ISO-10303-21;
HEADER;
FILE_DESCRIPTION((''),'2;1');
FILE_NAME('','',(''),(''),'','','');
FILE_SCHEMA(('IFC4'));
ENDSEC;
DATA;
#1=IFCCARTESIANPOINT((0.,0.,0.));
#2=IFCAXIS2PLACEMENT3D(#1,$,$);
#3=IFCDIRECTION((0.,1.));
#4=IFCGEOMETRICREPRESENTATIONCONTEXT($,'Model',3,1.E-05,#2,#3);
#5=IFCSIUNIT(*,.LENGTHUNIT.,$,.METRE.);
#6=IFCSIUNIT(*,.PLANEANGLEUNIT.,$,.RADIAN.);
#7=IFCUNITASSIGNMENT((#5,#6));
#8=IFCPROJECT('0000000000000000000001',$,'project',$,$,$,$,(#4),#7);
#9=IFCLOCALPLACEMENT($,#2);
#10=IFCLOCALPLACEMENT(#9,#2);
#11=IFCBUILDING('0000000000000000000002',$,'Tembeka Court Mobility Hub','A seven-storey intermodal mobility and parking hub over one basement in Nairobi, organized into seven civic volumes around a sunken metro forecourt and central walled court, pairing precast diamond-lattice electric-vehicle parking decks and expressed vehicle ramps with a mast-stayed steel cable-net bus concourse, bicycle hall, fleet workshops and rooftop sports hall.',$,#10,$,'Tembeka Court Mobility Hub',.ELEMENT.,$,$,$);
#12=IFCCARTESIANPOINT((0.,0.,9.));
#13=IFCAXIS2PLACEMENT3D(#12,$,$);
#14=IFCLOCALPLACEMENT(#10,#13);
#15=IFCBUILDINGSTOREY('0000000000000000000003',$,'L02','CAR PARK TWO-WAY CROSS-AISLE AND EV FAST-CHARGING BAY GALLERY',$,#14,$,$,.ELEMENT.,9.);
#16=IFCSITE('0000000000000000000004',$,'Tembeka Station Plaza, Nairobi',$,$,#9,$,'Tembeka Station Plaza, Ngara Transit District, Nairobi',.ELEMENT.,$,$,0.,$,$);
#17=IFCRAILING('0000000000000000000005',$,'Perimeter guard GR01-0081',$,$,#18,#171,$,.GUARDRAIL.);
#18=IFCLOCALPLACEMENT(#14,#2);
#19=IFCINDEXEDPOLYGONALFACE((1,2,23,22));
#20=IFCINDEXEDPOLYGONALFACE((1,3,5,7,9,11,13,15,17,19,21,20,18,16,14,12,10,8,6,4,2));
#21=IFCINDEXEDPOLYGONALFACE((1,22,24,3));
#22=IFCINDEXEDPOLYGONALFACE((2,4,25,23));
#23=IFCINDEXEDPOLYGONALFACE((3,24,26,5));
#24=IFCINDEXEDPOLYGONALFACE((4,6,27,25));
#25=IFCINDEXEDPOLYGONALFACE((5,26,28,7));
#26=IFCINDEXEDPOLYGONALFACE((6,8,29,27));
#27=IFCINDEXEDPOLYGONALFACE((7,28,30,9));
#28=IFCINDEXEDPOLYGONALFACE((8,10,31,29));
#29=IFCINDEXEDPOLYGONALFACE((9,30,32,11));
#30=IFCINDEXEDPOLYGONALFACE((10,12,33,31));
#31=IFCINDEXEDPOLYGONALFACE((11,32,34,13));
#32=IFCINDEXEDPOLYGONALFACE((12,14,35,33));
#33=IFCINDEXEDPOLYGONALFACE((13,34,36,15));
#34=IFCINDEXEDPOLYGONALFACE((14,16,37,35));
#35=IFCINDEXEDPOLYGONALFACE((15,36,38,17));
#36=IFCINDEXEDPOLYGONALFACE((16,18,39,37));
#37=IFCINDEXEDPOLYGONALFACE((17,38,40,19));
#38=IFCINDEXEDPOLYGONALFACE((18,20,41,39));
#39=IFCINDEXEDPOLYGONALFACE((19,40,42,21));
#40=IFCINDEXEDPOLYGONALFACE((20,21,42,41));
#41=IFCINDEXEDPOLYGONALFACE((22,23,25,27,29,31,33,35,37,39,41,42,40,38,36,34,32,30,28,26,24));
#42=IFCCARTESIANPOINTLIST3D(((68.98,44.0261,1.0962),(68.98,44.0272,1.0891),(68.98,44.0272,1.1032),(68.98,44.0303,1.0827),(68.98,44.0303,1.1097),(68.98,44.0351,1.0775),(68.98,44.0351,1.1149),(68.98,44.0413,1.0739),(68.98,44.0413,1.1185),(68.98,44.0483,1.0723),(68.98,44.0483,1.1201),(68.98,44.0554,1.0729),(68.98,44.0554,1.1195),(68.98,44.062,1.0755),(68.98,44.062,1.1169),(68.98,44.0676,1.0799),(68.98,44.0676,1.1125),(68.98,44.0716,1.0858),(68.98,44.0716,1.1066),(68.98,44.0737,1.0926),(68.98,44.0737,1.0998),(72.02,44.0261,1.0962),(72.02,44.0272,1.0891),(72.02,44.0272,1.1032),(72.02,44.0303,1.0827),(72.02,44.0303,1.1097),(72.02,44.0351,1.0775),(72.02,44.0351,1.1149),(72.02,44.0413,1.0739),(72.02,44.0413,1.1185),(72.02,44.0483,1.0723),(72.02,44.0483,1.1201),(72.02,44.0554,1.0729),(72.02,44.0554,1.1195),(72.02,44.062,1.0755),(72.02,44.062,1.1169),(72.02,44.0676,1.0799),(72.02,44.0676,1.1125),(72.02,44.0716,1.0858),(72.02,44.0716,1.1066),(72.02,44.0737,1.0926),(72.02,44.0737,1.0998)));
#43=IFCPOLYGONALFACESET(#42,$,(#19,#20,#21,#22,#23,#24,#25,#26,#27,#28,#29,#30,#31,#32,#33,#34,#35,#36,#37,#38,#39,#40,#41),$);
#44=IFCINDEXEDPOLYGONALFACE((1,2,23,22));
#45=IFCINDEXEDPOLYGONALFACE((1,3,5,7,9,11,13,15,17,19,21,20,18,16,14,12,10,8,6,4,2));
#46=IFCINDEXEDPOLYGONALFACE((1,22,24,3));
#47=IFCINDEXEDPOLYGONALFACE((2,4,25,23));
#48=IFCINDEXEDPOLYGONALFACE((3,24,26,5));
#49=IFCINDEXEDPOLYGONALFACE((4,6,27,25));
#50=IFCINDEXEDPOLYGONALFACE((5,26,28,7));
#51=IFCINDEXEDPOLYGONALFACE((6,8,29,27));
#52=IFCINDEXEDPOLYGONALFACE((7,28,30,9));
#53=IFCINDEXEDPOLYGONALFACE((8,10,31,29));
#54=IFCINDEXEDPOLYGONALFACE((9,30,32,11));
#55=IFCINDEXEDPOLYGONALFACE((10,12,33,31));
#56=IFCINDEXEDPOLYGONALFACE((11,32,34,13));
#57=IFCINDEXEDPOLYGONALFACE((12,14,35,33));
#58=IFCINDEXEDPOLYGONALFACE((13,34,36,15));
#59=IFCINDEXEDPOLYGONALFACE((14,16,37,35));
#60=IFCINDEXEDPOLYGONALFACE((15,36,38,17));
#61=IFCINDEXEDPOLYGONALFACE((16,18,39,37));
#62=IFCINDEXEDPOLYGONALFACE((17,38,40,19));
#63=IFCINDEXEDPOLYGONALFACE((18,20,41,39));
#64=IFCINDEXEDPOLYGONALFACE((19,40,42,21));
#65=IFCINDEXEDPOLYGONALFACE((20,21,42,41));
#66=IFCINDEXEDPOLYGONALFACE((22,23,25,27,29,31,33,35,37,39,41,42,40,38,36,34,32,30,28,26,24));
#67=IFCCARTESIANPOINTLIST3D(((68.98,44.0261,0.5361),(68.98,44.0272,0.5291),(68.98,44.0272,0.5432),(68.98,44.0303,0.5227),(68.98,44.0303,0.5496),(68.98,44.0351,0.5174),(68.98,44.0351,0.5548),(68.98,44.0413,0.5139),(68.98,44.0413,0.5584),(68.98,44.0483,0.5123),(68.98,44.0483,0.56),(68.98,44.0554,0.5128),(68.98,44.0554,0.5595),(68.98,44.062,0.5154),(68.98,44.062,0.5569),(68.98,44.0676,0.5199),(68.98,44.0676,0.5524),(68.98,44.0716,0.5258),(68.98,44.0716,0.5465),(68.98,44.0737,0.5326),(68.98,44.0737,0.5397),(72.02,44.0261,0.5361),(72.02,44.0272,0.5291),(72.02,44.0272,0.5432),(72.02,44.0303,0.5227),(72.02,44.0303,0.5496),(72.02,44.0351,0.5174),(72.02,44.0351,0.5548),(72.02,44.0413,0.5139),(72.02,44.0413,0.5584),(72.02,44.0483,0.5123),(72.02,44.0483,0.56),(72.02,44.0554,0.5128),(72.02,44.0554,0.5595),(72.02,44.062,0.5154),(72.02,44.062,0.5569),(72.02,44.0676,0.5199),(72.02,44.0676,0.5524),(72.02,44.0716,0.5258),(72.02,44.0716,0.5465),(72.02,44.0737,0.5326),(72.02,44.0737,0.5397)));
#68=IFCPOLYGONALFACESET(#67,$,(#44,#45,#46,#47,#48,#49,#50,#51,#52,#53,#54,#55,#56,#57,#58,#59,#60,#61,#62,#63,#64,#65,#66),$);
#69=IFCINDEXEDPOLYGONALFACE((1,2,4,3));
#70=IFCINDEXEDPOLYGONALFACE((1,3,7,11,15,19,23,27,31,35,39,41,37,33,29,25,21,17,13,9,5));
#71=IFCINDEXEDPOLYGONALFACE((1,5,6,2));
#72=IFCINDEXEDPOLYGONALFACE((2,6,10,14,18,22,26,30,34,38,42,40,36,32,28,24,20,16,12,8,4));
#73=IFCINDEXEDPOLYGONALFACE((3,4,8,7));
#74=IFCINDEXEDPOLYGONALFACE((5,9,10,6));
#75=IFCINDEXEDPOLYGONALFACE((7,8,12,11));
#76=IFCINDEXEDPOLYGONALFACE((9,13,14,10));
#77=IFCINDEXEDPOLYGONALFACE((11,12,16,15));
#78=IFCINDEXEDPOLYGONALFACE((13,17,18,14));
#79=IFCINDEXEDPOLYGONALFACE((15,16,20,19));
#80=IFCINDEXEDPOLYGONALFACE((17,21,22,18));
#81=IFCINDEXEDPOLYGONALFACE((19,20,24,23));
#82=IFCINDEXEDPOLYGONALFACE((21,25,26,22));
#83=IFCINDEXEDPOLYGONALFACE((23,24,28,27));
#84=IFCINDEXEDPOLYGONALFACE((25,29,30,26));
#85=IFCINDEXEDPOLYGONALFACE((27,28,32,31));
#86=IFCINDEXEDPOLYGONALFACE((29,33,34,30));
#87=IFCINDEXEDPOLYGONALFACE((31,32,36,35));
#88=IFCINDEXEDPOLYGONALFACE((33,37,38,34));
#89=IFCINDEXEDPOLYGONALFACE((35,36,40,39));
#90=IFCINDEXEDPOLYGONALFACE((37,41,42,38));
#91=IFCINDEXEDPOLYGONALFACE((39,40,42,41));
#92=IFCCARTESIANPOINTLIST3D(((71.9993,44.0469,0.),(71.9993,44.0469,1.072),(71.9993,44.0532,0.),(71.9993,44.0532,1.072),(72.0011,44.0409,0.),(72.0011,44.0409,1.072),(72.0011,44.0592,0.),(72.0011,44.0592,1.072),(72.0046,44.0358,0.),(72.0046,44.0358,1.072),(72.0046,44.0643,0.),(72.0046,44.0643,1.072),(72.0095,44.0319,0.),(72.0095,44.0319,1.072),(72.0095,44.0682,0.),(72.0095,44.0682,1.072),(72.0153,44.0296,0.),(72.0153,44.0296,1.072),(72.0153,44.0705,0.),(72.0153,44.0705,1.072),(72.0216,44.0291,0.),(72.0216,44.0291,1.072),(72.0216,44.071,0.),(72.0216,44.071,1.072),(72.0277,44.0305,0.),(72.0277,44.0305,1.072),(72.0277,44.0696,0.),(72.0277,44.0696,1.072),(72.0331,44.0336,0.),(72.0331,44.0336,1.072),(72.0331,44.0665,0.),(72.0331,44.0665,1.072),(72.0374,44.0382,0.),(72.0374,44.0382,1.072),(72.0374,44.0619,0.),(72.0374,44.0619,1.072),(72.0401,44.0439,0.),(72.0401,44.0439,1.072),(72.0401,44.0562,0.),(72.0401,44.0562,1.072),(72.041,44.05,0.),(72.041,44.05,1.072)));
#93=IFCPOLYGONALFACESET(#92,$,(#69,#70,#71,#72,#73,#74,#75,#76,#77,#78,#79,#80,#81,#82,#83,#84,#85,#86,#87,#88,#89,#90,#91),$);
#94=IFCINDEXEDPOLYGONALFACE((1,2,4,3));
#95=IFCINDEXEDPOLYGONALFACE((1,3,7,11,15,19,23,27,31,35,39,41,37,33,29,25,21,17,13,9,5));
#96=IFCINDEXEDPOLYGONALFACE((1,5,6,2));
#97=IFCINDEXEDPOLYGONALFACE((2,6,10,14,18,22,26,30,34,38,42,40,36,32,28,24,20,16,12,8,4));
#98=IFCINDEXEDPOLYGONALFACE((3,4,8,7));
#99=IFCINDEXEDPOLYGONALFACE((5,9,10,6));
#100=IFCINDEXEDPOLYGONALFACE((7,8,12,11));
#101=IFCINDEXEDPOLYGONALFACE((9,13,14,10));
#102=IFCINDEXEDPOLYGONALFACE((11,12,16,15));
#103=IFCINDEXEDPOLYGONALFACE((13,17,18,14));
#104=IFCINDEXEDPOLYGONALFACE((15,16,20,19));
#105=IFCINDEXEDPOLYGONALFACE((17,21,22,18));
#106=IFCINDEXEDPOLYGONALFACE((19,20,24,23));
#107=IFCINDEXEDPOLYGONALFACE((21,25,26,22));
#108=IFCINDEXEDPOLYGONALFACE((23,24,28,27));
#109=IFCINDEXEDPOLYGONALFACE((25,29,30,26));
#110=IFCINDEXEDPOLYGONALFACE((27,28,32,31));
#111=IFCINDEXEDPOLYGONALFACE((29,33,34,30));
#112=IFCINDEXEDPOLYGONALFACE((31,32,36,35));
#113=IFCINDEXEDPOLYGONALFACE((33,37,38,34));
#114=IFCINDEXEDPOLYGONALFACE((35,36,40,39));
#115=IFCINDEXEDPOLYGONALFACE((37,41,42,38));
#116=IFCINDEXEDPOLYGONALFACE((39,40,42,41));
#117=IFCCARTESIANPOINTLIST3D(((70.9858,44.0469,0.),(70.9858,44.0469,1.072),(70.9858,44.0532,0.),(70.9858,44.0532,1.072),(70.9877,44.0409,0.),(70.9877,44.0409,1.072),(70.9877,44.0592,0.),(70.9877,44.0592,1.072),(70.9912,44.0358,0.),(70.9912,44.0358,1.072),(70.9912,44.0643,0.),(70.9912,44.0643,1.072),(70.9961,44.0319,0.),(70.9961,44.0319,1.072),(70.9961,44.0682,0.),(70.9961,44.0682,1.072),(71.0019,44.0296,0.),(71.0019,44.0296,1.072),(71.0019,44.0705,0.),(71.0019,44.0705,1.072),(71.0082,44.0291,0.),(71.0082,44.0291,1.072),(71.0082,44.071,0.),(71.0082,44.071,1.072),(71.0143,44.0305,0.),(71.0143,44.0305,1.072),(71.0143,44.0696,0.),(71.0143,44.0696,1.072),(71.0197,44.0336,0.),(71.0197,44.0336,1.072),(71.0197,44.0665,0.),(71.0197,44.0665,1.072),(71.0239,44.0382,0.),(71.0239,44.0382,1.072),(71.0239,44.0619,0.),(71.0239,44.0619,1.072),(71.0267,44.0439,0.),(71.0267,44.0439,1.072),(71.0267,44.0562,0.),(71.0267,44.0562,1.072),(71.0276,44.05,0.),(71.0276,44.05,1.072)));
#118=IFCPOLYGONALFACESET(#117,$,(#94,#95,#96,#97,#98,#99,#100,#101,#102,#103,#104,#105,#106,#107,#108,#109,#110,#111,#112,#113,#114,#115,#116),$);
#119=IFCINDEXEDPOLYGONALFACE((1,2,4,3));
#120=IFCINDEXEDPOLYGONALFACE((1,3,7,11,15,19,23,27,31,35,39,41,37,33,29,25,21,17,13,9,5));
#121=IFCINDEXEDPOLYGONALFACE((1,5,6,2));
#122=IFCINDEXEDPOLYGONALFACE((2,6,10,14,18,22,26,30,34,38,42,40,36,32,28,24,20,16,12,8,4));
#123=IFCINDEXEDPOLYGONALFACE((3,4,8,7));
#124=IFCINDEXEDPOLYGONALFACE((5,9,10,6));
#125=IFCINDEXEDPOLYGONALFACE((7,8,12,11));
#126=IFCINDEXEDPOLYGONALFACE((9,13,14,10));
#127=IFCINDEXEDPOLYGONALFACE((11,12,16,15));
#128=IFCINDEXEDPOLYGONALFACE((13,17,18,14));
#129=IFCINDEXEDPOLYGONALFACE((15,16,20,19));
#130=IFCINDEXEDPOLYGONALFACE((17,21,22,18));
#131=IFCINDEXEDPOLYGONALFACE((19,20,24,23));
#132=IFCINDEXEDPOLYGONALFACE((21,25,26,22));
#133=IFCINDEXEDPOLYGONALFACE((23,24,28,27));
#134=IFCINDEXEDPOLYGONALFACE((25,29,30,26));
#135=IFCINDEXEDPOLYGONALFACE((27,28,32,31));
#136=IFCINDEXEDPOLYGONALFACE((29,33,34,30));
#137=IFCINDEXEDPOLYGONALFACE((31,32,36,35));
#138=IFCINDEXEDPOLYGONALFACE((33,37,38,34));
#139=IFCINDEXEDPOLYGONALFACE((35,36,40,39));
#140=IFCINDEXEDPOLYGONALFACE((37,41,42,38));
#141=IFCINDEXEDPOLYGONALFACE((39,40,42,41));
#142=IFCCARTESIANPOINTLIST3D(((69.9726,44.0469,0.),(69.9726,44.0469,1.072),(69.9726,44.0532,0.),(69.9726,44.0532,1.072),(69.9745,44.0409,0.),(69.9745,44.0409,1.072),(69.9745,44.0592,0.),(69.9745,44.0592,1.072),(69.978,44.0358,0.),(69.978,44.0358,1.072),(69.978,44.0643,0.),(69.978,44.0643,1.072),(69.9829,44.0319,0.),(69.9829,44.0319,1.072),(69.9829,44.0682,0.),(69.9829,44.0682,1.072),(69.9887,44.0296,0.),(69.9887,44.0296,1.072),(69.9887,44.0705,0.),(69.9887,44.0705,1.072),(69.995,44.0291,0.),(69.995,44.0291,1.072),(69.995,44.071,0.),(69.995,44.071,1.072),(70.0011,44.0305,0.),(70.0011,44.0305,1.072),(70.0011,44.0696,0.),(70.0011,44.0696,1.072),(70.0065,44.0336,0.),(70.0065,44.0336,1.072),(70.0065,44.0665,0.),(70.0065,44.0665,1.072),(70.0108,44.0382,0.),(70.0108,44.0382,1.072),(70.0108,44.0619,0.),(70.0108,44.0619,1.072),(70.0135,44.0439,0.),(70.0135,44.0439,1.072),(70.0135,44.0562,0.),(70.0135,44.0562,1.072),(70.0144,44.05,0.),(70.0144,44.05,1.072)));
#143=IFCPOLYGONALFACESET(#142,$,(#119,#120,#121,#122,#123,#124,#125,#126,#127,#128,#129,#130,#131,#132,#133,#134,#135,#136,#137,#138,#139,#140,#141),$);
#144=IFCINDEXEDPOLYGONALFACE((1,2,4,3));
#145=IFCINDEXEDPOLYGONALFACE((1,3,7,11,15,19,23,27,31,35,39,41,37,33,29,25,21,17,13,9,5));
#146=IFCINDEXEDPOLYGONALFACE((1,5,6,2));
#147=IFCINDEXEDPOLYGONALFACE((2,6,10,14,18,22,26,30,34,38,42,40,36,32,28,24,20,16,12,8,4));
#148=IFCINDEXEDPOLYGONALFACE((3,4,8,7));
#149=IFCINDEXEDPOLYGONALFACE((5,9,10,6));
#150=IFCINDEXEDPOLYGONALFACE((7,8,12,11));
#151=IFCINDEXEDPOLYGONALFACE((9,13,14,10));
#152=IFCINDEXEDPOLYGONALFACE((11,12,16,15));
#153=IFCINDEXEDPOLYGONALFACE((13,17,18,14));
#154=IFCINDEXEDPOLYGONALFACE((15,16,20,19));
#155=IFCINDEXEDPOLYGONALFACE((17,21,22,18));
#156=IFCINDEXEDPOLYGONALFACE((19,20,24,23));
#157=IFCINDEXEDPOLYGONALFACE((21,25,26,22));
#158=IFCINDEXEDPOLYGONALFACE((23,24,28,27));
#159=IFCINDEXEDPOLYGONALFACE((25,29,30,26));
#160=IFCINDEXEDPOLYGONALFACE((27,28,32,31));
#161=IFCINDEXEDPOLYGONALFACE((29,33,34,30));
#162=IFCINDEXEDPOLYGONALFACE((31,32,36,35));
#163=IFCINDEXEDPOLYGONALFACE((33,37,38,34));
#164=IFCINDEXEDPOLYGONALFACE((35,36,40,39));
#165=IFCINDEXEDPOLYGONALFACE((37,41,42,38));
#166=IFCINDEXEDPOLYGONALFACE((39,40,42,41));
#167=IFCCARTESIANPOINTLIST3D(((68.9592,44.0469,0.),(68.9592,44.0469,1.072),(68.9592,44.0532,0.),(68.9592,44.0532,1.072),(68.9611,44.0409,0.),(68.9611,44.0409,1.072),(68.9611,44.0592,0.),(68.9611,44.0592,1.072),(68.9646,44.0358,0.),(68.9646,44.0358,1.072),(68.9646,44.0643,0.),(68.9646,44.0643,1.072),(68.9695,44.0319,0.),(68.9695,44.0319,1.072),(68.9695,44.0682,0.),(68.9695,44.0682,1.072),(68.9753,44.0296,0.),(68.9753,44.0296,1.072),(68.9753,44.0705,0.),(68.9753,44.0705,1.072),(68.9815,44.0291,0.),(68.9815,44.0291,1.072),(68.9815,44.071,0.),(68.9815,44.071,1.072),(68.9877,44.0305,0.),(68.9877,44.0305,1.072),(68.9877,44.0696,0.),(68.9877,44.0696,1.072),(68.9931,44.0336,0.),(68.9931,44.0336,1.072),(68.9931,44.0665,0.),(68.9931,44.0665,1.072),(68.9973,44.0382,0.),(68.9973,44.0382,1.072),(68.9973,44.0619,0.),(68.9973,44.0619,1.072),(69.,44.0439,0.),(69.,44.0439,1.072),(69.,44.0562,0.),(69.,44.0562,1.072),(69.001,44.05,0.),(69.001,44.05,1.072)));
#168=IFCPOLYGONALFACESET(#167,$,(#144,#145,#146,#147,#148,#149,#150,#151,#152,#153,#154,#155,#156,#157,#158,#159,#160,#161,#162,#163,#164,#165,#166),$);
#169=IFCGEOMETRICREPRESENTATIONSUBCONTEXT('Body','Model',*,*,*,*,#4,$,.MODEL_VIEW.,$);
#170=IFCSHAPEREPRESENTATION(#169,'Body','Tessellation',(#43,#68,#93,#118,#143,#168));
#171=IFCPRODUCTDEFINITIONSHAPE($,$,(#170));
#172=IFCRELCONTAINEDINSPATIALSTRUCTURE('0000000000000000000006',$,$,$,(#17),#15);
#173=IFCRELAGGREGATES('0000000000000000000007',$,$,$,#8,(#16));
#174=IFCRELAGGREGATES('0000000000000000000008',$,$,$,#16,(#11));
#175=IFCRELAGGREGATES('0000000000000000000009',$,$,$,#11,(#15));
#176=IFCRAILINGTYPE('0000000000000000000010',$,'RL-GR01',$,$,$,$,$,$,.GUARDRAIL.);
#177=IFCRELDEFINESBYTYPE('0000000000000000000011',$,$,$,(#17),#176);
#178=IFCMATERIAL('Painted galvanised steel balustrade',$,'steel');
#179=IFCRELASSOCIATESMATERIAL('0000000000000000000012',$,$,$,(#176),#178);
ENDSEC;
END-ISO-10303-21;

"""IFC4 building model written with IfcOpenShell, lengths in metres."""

from ifc_helpers import new_model, si_unit, direction, frame, origin, origin_2d, place, context, subcontext, project, spatial, circle, extrude, material, type_object, element, save


model = new_model("IFC4")

# Units and contexts
model_context = context("Model", 3, precision=1e-05, world=origin(), true_north=direction((0.0, 1.0)))
body_context = subcontext(model_context, "Body", "Model", "MODEL_VIEW")
ifc_project = project(units=[si_unit("LENGTHUNIT", "METRE"), si_unit("PLANEANGLEUNIT", "RADIAN")], contexts=[model_context])

# Site, building, storey
site_placement = place(None, origin())
site = spatial("IfcSite", under=ifc_project, at=site_placement, Name="Tembeka Station Plaza, Nairobi", LongName="Tembeka Station Plaza, Ngara Transit District, Nairobi", CompositionType="ELEMENT", RefElevation=0.0)
building_placement = place(site_placement, origin())
building = spatial("IfcBuilding", under=site, at=building_placement, Name="Tembeka Court Mobility Hub", Description="A seven-storey intermodal mobility and parking hub over one basement in Nairobi, organized into seven civic volumes around a sunken metro forecourt and central walled court, pairing precast diamond-lattice electric-vehicle parking decks and expressed vehicle ramps with a mast-stayed steel cable-net bus concourse, bicycle hall, fleet workshops and rooftop sports hall.", LongName="Tembeka Court Mobility Hub", CompositionType="ELEMENT")
storey_placement = place(building_placement, frame((0.0, 0.0, 9.0)))
storey = spatial("IfcBuildingStorey", under=building, at=storey_placement, Name="L02", Description="CAR PARK TWO-WAY CROSS-AISLE AND EV FAST-CHARGING BAY GALLERY", CompositionType="ELEMENT", Elevation=9.0)

# Railing
ifc_material_1 = material(Name="Painted galvanised steel balustrade", Category="steel")
railing_type = type_object("IfcRailingType", Name="RL-GR01", PredefinedType="GUARDRAIL", material=ifc_material_1)
railing_1_placement = place(storey_placement, frame((72.02, 44.05, 0.0)))
element("IfcRailing", 1, at=railing_1_placement, inside=storey, type_object=railing_type, Name="Perimeter guard GR01-0081", PredefinedType="GUARDRAIL", context=body_context, shape_type="SweptSolid", body=[
    extrude(circle(Radius=0.0239, at=origin_2d()), frame((0.0, 0.0, 1.0962), z_axis=(-1.0, 0.0, 0.0), x_axis=(0.0, -1.0, 0.0)), (0.0, 0.0, 1.0), 3.04),
    extrude(circle(Radius=0.0239, at=origin_2d()), frame((0.0, 0.0, 0.5361), z_axis=(-1.0, 0.0, 0.0), x_axis=(0.0, -1.0, 0.0)), (0.0, 0.0, 1.0), 3.04),
    extrude(circle(Radius=0.021, at=origin_2d()), origin(), (0.0, 0.0, 1.0), 1.072),
    extrude(circle(Radius=0.021, at=origin_2d()), frame((-1.0134, 0.0, 0.0)), (0.0, 0.0, 1.0), 1.072),
    extrude(circle(Radius=0.021, at=origin_2d()), frame((-2.0266, 0.0, 0.0)), (0.0, 0.0, 1.0), 1.072),
    extrude(circle(Radius=0.021, at=origin_2d()), frame((-3.04, 0.0, 0.0)), (0.0, 0.0, 1.0), 1.072),
])

save(model, "model.ifc")
